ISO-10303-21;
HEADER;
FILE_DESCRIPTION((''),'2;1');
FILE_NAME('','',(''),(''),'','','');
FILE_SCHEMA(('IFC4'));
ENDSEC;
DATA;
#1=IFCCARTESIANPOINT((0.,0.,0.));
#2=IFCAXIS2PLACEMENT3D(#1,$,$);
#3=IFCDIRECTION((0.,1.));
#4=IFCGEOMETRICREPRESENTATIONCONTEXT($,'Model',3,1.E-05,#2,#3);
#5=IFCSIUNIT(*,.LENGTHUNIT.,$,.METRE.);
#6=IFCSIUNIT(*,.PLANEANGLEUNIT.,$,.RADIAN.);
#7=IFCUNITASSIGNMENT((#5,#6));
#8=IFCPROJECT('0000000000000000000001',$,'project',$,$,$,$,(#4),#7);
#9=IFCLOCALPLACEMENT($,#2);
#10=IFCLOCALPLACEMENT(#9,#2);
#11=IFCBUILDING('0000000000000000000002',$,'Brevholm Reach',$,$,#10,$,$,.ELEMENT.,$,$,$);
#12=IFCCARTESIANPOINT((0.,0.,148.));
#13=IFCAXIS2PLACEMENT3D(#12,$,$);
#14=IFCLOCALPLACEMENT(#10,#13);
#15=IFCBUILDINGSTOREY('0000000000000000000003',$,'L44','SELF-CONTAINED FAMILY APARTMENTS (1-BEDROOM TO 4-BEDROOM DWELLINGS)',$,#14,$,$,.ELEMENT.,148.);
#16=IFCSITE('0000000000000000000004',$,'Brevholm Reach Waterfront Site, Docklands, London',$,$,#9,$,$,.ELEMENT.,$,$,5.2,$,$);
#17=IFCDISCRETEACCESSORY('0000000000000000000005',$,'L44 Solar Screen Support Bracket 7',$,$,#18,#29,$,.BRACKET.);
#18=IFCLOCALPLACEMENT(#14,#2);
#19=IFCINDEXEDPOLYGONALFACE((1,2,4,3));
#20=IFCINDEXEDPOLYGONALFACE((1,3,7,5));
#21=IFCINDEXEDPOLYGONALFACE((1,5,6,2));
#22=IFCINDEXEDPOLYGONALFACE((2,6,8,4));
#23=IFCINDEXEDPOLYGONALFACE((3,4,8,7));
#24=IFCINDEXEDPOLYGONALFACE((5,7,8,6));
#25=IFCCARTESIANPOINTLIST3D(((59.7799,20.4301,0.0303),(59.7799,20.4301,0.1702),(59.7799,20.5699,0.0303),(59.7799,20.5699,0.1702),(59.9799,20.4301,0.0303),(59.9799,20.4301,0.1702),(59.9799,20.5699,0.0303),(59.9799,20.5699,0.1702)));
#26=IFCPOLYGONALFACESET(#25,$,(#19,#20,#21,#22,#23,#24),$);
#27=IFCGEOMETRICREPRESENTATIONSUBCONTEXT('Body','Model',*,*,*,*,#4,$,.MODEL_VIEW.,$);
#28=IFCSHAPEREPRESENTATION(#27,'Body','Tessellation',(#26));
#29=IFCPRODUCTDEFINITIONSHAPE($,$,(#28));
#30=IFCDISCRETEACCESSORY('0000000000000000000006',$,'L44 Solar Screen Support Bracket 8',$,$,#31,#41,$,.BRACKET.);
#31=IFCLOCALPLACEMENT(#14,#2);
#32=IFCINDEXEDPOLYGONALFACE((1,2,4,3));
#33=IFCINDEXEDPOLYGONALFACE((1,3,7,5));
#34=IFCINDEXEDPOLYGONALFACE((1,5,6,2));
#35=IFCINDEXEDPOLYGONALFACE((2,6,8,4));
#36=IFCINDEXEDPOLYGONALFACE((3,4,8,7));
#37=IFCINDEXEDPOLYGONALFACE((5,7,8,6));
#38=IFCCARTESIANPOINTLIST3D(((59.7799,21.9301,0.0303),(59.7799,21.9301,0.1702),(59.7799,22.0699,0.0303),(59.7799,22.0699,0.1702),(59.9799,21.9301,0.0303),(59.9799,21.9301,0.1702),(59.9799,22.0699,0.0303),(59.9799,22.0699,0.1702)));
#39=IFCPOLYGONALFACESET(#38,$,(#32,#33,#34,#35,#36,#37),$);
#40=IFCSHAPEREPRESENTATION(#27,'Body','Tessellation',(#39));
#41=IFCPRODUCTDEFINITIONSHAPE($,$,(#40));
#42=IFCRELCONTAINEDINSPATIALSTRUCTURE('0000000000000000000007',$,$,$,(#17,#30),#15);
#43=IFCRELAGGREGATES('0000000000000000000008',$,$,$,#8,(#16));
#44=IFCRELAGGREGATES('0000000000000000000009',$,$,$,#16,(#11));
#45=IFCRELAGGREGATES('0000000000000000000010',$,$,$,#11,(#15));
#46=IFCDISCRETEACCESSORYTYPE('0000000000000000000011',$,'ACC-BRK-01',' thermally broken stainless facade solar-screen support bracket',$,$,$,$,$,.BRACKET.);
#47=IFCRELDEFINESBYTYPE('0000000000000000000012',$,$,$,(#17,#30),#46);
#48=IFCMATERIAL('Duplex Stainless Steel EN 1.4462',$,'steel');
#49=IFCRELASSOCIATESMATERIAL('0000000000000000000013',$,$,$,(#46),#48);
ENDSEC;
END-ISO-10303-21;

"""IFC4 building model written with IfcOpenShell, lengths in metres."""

from ifc_helpers import new_model, si_unit, direction, frame, origin, origin_2d, place, context, subcontext, project, spatial, rectangle, extrude, material, type_object, element, save


model = new_model("IFC4")

# Units and contexts
model_context = context("Model", 3, precision=1e-05, world=origin(), true_north=direction((0.0, 1.0)))
body_context = subcontext(model_context, "Body", "Model", "MODEL_VIEW")
ifc_project = project(units=[si_unit("LENGTHUNIT", "METRE"), si_unit("PLANEANGLEUNIT", "RADIAN")], contexts=[model_context])

# Site, building, storey
site_placement = place(None, origin())
site = spatial("IfcSite", under=ifc_project, at=site_placement, Name="Brevholm Reach Waterfront Site, Docklands, London", CompositionType="ELEMENT", RefElevation=5.2)
building_placement = place(site_placement, origin())
building = spatial("IfcBuilding", under=site, at=building_placement, Name="Brevholm Reach", CompositionType="ELEMENT")
storey_placement = place(building_placement, frame((0.0, 0.0, 148.0)))
storey = spatial("IfcBuildingStorey", under=building, at=storey_placement, Name="L44", Description="SELF-CONTAINED FAMILY APARTMENTS (1-BEDROOM TO 4-BEDROOM DWELLINGS)", CompositionType="ELEMENT", Elevation=148.0)

# Discrete accessories
ifc_material_1 = material(Name="Duplex Stainless Steel EN 1.4462", Category="steel")
discrete_accessory_type = type_object("IfcDiscreteAccessoryType", Name="ACC-BRK-01", Description=" thermally broken stainless facade solar-screen support bracket", PredefinedType="BRACKET", material=ifc_material_1)
for number, where, z_axis, x_axis, name in (
    (1, (59.8799, 20.5, 0.0303), (0.0, 0.0, 1.0), (1.0, 0.0, 0.0), "L44 Solar Screen Support Bracket 7"),
    (2, (59.8799, 22.0, 0.0303), (0.0, 0.0, 1.0), (1.0, 0.0, 0.0), "L44 Solar Screen Support Bracket 8"),
):
    element("IfcDiscreteAccessory", number, at=place(storey_placement, frame(where, z_axis=z_axis, x_axis=x_axis)), inside=storey, type_object=discrete_accessory_type, Name=name, PredefinedType="BRACKET", context=body_context, shape_type="SweptSolid", body=[
        extrude(rectangle(XDim=0.2, YDim=0.1399, at=origin_2d()), origin(), (0.0, 0.0, 1.0), 0.1399),
    ])

save(model, "model.ifc")
